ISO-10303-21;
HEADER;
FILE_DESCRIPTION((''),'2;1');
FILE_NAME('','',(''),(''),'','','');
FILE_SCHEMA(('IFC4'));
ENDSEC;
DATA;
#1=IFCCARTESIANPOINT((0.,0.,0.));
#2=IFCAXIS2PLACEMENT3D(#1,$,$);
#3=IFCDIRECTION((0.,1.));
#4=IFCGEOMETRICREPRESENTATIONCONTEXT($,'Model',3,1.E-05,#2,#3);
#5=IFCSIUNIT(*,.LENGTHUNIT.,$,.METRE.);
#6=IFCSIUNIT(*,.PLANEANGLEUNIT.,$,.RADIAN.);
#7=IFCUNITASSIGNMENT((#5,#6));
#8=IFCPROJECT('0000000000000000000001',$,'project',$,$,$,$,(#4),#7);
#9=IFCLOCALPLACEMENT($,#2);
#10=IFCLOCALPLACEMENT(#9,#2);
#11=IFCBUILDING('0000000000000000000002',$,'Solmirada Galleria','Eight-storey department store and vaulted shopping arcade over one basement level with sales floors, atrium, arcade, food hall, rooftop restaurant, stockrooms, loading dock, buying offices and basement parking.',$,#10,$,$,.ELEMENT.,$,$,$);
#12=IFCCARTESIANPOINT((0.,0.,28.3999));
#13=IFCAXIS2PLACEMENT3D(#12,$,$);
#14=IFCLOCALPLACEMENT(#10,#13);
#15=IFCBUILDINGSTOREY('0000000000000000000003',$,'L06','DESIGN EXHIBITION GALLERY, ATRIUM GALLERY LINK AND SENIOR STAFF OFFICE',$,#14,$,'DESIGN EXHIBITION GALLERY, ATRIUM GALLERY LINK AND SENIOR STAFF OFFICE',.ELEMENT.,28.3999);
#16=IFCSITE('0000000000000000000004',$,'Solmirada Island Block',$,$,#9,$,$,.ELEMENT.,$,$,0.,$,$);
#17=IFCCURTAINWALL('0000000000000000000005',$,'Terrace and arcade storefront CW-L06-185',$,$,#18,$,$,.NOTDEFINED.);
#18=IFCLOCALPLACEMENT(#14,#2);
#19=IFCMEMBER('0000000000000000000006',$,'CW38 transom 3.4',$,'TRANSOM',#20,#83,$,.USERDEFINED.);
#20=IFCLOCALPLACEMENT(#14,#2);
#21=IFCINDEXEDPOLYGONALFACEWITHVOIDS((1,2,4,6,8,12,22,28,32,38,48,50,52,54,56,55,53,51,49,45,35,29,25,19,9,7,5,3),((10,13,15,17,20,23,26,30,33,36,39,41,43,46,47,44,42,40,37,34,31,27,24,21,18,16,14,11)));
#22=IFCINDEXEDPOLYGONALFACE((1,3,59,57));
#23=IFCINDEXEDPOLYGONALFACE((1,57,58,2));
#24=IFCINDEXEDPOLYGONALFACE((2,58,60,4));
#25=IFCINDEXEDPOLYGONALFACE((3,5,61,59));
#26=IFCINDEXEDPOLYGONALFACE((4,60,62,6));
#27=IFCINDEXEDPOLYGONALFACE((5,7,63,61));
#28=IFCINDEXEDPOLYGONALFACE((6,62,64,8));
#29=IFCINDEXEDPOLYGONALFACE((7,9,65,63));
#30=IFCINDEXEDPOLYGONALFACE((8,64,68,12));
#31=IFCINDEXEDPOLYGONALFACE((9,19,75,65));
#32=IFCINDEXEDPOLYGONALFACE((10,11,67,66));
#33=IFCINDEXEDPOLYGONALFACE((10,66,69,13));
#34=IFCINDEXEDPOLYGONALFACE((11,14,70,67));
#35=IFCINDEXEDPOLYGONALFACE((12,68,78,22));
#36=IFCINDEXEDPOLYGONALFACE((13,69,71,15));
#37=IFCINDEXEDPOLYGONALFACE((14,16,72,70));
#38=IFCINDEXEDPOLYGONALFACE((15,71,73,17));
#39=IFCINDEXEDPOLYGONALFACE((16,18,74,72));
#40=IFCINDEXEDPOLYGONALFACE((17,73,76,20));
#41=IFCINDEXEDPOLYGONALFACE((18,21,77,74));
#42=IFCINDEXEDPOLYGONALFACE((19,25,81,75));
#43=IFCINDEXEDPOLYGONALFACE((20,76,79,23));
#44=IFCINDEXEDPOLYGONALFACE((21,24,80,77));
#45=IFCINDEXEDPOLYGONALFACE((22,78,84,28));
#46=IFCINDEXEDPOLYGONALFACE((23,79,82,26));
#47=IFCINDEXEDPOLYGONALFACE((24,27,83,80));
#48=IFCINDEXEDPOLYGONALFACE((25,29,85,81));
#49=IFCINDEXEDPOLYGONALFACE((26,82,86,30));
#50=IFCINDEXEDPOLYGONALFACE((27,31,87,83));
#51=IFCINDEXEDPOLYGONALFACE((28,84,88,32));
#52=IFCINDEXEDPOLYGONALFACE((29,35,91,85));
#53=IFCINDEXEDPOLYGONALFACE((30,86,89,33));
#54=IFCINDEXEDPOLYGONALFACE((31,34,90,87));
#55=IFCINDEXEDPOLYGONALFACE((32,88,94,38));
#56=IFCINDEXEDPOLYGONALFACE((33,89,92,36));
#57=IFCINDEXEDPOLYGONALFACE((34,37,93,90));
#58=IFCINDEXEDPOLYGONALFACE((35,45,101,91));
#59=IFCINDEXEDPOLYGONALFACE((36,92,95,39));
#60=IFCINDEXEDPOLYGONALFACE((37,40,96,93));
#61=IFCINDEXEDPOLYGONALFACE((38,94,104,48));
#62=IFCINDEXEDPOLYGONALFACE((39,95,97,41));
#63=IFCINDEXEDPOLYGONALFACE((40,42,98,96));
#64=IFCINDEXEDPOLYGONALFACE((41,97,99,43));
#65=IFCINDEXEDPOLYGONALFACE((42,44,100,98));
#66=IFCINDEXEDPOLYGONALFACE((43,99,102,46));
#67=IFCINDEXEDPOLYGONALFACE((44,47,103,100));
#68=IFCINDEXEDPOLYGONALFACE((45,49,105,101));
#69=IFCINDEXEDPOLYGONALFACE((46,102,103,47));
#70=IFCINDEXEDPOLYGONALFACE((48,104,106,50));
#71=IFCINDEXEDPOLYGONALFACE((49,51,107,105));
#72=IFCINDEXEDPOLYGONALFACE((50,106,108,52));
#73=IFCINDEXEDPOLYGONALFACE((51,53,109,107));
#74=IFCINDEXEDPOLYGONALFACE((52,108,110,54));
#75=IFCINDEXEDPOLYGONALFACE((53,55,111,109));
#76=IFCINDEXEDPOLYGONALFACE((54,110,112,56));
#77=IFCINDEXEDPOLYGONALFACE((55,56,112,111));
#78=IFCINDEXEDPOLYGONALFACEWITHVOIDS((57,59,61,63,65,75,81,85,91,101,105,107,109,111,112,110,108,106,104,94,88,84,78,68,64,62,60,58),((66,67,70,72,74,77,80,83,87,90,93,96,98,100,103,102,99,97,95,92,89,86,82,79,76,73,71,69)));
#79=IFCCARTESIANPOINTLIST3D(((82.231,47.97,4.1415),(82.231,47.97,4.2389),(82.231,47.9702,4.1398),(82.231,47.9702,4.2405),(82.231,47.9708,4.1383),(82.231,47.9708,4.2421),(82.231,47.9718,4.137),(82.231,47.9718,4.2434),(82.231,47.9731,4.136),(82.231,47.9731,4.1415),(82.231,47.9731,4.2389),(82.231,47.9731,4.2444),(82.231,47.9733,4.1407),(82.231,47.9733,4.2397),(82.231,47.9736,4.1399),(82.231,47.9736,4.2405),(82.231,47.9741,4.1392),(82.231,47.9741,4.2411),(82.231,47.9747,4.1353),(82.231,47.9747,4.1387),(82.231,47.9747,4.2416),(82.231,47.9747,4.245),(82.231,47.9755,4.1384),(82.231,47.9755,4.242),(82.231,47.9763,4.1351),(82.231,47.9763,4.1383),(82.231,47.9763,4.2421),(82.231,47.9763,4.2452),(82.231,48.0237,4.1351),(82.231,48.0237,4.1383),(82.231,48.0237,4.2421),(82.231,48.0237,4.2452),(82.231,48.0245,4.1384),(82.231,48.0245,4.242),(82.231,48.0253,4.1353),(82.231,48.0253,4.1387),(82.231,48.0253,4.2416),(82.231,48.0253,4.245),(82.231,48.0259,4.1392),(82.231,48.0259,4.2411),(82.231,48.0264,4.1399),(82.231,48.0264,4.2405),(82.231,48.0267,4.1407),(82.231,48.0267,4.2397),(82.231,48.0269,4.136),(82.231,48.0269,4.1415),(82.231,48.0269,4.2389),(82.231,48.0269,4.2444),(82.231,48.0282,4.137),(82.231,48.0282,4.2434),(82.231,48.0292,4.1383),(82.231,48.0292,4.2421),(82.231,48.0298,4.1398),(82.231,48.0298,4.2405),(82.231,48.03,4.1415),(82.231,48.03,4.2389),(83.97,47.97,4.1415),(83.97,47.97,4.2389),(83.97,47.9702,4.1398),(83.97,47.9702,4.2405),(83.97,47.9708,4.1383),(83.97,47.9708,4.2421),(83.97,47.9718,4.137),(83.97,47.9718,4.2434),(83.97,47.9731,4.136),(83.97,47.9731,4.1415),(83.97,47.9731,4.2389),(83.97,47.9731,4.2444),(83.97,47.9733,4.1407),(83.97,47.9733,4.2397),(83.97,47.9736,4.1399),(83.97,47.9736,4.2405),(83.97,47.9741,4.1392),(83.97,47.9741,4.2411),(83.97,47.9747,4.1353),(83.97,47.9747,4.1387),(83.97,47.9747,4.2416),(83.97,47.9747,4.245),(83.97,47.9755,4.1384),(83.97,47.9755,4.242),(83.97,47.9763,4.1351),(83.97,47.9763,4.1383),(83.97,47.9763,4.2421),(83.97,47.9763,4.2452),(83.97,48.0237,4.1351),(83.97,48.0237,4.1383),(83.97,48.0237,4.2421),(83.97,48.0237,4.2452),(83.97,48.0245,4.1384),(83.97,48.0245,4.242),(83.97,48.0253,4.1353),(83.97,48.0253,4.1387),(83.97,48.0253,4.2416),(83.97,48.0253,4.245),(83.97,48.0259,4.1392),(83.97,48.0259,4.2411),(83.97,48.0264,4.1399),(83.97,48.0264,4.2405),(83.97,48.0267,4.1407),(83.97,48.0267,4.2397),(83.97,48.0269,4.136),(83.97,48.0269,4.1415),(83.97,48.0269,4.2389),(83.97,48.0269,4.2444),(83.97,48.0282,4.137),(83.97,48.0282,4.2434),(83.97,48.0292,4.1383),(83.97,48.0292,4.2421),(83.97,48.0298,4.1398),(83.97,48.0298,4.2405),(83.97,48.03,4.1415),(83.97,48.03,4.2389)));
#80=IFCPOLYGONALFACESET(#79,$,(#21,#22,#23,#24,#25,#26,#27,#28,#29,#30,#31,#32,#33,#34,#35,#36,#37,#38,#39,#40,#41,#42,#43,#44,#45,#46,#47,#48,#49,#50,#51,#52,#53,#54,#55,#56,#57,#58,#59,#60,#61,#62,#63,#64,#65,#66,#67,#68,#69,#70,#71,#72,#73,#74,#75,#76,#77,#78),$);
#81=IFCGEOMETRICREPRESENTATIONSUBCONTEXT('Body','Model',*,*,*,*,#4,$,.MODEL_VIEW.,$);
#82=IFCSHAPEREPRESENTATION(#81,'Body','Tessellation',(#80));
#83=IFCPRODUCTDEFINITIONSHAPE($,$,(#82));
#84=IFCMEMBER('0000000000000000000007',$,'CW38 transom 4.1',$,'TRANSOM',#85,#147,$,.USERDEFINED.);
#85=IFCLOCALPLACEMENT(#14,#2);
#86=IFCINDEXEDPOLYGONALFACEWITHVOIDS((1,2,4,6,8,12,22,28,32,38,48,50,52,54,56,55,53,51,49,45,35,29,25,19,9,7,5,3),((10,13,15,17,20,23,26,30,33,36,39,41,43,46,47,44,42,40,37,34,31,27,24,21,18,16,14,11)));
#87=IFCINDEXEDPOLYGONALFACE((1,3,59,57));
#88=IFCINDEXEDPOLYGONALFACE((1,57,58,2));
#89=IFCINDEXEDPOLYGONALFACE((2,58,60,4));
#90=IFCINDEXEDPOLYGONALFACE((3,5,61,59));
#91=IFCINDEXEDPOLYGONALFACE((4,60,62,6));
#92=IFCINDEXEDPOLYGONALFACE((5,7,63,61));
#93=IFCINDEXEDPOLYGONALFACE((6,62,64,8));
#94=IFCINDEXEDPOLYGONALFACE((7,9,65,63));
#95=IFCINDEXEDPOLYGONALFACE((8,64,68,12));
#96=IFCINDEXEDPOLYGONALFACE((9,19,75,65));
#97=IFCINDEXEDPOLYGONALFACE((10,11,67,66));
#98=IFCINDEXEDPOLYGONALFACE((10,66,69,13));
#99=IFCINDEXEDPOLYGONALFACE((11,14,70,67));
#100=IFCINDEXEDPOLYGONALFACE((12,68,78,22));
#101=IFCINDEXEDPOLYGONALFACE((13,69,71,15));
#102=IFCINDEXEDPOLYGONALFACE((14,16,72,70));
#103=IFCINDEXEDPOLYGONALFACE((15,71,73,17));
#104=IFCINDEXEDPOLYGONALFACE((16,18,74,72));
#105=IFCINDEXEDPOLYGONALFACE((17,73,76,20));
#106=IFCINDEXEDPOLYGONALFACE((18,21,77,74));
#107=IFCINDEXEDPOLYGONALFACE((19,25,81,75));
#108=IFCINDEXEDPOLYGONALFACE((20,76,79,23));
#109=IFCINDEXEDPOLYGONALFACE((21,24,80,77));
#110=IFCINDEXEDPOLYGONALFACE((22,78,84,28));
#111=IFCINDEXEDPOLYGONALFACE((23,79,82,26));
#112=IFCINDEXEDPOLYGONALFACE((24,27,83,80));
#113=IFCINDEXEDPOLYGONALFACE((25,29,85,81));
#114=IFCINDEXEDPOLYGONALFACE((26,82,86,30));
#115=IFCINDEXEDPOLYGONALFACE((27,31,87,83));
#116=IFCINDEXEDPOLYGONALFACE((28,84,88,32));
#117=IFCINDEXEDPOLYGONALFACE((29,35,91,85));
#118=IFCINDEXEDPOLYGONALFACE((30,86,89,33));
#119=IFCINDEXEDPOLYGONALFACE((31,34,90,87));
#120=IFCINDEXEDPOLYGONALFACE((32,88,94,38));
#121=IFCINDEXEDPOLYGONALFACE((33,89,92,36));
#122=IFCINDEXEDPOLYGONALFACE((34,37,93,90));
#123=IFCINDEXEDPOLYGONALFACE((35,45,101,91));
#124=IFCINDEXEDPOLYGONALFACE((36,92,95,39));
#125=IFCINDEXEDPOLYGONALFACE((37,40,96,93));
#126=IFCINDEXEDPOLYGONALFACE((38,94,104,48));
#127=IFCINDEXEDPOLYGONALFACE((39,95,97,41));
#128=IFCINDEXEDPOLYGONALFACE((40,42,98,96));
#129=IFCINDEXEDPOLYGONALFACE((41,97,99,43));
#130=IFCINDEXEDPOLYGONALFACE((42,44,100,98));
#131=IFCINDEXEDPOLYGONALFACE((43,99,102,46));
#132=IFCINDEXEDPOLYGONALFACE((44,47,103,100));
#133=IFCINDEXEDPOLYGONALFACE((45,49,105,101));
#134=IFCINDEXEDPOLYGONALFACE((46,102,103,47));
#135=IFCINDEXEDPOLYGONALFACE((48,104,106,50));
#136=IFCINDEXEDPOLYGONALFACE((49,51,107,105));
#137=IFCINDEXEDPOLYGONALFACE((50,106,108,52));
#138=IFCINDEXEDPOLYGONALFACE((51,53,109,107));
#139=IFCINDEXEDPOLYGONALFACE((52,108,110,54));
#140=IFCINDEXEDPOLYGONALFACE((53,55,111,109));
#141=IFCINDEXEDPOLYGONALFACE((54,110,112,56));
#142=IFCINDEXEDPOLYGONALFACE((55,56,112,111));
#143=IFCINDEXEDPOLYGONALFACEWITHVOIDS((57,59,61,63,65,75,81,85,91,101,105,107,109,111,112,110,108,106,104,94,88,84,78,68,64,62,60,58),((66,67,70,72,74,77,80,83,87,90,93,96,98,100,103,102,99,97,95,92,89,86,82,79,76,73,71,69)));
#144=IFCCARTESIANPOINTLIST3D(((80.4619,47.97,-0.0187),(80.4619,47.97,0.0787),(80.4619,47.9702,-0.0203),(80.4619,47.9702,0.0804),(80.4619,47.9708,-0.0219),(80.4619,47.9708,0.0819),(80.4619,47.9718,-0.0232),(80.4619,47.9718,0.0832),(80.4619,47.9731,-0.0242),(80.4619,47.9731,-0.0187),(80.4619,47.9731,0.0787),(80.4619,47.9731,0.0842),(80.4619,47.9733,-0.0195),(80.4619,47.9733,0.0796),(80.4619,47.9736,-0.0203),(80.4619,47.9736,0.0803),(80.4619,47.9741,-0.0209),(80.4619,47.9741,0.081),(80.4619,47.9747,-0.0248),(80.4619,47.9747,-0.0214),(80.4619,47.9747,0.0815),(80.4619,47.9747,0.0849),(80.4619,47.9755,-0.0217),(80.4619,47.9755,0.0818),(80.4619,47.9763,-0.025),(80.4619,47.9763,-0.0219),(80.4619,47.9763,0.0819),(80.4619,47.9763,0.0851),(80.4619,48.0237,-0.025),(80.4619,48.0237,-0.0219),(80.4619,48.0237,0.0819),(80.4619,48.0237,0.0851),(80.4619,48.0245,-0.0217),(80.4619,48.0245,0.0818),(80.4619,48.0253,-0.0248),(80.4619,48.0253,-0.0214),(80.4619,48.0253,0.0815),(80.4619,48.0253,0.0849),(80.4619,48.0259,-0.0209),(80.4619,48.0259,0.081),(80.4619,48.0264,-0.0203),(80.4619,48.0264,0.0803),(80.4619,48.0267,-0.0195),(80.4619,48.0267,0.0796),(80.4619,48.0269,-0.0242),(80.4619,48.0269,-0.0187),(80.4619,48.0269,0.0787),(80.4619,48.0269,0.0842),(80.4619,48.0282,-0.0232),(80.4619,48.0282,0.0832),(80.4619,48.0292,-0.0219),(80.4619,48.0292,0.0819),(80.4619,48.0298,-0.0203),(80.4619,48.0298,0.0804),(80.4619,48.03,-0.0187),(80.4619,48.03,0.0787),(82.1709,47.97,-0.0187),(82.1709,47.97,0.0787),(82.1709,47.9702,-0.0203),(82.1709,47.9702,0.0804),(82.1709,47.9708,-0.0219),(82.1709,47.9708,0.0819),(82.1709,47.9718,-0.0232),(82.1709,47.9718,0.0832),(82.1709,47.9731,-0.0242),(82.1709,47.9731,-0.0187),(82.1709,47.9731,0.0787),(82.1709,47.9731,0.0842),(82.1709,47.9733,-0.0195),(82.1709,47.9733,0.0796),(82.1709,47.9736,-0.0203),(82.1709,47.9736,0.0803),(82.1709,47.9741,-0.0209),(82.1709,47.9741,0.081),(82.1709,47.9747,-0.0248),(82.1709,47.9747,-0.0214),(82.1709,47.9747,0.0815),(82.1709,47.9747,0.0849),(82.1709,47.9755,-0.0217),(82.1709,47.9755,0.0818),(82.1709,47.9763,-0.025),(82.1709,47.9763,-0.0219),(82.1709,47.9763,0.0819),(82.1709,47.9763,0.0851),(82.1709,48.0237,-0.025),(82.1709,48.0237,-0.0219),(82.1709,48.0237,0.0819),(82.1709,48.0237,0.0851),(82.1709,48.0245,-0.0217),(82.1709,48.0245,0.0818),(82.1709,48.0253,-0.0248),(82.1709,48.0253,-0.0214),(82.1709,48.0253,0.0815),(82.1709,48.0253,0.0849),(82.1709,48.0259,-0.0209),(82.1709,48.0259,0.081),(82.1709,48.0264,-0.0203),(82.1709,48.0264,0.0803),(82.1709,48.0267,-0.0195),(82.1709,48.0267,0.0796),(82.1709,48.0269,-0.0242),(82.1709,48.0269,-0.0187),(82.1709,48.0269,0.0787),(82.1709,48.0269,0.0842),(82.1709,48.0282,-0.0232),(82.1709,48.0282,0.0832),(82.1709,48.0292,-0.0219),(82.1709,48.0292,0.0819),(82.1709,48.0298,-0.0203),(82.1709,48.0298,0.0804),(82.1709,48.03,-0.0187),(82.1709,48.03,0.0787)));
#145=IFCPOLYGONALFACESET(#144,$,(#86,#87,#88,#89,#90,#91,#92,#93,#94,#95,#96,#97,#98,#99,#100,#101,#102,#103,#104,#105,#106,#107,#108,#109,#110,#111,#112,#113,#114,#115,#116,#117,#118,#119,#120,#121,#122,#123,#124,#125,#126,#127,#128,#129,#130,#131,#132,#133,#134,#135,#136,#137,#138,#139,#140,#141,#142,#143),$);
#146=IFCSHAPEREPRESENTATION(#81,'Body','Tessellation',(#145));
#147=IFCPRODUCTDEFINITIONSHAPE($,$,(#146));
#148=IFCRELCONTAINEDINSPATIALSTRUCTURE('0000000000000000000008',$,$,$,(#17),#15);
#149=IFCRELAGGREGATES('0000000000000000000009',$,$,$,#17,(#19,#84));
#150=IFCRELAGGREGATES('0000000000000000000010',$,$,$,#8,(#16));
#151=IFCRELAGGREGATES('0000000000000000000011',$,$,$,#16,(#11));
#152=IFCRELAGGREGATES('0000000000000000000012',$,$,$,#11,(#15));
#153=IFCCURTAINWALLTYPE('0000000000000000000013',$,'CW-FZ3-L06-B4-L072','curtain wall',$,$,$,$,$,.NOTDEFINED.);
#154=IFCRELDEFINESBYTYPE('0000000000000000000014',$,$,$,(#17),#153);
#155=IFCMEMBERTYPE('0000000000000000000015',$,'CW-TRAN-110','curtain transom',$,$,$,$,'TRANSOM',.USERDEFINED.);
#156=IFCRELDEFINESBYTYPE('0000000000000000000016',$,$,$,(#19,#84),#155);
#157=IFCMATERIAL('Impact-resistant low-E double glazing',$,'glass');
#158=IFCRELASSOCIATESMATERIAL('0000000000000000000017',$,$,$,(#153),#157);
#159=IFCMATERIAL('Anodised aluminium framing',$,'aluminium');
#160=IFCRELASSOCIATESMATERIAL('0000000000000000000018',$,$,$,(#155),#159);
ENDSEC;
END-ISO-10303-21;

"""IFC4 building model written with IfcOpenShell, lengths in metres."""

from ifc_helpers import new_model, si_unit, direction, frame, origin, origin_2d, place, context, subcontext, project, spatial, hollow_rectangle, extrude, material, material_profile, profile_set, type_object, element, aggregate, save


model = new_model("IFC4")

# Units and contexts
model_context = context("Model", 3, precision=1e-05, world=origin(), true_north=direction((0.0, 1.0)))
body_context = subcontext(model_context, "Body", "Model", "MODEL_VIEW")
ifc_project = project(units=[si_unit("LENGTHUNIT", "METRE"), si_unit("PLANEANGLEUNIT", "RADIAN")], contexts=[model_context])

# Site, building, storey
site_placement = place(None, origin())
site = spatial("IfcSite", under=ifc_project, at=site_placement, Name="Solmirada Island Block", CompositionType="ELEMENT", RefElevation=0.0)
building_placement = place(site_placement, origin())
building = spatial("IfcBuilding", under=site, at=building_placement, Name="Solmirada Galleria", Description="Eight-storey department store and vaulted shopping arcade over one basement level with sales floors, atrium, arcade, food hall, rooftop restaurant, stockrooms, loading dock, buying offices and basement parking.", CompositionType="ELEMENT")
storey_placement = place(building_placement, frame((0.0, 0.0, 28.3999)))
storey = spatial("IfcBuildingStorey", under=building, at=storey_placement, Name="L06", Description="DESIGN EXHIBITION GALLERY, ATRIUM GALLERY LINK AND SENIOR STAFF OFFICE", LongName="DESIGN EXHIBITION GALLERY, ATRIUM GALLERY LINK AND SENIOR STAFF OFFICE", CompositionType="ELEMENT", Elevation=28.3999)

# Curtain wall, members
ifc_material_1 = material(Name="Impact-resistant low-E double glazing", Category="glass")
curtain_wall_type = type_object("IfcCurtainWallType", Name="CW-FZ3-L06-B4-L072", Description="curtain wall", PredefinedType="NOTDEFINED", material=ifc_material_1)
curtain_wall_placement = place(storey_placement, origin())
curtain_wall = element("IfcCurtainWall", 1, at=curtain_wall_placement, inside=storey, type_object=curtain_wall_type, Name="Terrace and arcade storefront CW-L06-185", PredefinedType="NOTDEFINED")
ifc_material_2 = material(Name="Anodised aluminium framing", Category="aluminium")
ifc_material_profile_1 = material_profile(ifc_material_2, hollow_rectangle(XDim=0.0601, YDim=0.1101, WallThickness=0.0032, InnerFilletRadius=0.0032, OuterFilletRadius=0.0063, at=origin_2d()), Name="ALU-TRAN-110X60")
ifc_profile_set_1 = profile_set([ifc_material_profile_1], Name="Anodised aluminium framing")
member_type_1 = type_object("IfcMemberType", Name="CW-TRAN-110", Description="curtain transom", ElementType="TRANSOM", PredefinedType="USERDEFINED", material=ifc_profile_set_1)
member_1_placement = place(storey_placement, frame((83.97, 48.0, 4.1902), z_axis=(-1.0, 0.0, 0.0), x_axis=(0.0, -1.0, 0.0)))
member_1 = element("IfcMember", 2, at=member_1_placement, type_object=member_type_1, Name="CW38 transom 3.4", ObjectType="TRANSOM", PredefinedType="USERDEFINED", context=body_context, shape_type="SweptSolid", body=[
    extrude(hollow_rectangle(XDim=0.0601, YDim=0.1101, WallThickness=0.0032, InnerFilletRadius=0.0032, OuterFilletRadius=0.0063, at=origin_2d()), origin(), (0.0, 0.0, 1.0), 1.739),
])
member_2_placement = place(storey_placement, frame((82.1709, 48.0, 0.03), z_axis=(-1.0, 0.0, 0.0), x_axis=(0.0, -1.0, 0.0)))
member_2 = element("IfcMember", 3, at=member_2_placement, type_object=member_type_1, Name="CW38 transom 4.1", ObjectType="TRANSOM", PredefinedType="USERDEFINED", context=body_context, shape_type="SweptSolid", body=[
    extrude(hollow_rectangle(XDim=0.0601, YDim=0.1101, WallThickness=0.0032, InnerFilletRadius=0.0032, OuterFilletRadius=0.0063, at=origin_2d()), origin(), (0.0, 0.0, 1.0), 1.709),
])
aggregate(curtain_wall, [member_1, member_2])

save(model, "model.ifc")
